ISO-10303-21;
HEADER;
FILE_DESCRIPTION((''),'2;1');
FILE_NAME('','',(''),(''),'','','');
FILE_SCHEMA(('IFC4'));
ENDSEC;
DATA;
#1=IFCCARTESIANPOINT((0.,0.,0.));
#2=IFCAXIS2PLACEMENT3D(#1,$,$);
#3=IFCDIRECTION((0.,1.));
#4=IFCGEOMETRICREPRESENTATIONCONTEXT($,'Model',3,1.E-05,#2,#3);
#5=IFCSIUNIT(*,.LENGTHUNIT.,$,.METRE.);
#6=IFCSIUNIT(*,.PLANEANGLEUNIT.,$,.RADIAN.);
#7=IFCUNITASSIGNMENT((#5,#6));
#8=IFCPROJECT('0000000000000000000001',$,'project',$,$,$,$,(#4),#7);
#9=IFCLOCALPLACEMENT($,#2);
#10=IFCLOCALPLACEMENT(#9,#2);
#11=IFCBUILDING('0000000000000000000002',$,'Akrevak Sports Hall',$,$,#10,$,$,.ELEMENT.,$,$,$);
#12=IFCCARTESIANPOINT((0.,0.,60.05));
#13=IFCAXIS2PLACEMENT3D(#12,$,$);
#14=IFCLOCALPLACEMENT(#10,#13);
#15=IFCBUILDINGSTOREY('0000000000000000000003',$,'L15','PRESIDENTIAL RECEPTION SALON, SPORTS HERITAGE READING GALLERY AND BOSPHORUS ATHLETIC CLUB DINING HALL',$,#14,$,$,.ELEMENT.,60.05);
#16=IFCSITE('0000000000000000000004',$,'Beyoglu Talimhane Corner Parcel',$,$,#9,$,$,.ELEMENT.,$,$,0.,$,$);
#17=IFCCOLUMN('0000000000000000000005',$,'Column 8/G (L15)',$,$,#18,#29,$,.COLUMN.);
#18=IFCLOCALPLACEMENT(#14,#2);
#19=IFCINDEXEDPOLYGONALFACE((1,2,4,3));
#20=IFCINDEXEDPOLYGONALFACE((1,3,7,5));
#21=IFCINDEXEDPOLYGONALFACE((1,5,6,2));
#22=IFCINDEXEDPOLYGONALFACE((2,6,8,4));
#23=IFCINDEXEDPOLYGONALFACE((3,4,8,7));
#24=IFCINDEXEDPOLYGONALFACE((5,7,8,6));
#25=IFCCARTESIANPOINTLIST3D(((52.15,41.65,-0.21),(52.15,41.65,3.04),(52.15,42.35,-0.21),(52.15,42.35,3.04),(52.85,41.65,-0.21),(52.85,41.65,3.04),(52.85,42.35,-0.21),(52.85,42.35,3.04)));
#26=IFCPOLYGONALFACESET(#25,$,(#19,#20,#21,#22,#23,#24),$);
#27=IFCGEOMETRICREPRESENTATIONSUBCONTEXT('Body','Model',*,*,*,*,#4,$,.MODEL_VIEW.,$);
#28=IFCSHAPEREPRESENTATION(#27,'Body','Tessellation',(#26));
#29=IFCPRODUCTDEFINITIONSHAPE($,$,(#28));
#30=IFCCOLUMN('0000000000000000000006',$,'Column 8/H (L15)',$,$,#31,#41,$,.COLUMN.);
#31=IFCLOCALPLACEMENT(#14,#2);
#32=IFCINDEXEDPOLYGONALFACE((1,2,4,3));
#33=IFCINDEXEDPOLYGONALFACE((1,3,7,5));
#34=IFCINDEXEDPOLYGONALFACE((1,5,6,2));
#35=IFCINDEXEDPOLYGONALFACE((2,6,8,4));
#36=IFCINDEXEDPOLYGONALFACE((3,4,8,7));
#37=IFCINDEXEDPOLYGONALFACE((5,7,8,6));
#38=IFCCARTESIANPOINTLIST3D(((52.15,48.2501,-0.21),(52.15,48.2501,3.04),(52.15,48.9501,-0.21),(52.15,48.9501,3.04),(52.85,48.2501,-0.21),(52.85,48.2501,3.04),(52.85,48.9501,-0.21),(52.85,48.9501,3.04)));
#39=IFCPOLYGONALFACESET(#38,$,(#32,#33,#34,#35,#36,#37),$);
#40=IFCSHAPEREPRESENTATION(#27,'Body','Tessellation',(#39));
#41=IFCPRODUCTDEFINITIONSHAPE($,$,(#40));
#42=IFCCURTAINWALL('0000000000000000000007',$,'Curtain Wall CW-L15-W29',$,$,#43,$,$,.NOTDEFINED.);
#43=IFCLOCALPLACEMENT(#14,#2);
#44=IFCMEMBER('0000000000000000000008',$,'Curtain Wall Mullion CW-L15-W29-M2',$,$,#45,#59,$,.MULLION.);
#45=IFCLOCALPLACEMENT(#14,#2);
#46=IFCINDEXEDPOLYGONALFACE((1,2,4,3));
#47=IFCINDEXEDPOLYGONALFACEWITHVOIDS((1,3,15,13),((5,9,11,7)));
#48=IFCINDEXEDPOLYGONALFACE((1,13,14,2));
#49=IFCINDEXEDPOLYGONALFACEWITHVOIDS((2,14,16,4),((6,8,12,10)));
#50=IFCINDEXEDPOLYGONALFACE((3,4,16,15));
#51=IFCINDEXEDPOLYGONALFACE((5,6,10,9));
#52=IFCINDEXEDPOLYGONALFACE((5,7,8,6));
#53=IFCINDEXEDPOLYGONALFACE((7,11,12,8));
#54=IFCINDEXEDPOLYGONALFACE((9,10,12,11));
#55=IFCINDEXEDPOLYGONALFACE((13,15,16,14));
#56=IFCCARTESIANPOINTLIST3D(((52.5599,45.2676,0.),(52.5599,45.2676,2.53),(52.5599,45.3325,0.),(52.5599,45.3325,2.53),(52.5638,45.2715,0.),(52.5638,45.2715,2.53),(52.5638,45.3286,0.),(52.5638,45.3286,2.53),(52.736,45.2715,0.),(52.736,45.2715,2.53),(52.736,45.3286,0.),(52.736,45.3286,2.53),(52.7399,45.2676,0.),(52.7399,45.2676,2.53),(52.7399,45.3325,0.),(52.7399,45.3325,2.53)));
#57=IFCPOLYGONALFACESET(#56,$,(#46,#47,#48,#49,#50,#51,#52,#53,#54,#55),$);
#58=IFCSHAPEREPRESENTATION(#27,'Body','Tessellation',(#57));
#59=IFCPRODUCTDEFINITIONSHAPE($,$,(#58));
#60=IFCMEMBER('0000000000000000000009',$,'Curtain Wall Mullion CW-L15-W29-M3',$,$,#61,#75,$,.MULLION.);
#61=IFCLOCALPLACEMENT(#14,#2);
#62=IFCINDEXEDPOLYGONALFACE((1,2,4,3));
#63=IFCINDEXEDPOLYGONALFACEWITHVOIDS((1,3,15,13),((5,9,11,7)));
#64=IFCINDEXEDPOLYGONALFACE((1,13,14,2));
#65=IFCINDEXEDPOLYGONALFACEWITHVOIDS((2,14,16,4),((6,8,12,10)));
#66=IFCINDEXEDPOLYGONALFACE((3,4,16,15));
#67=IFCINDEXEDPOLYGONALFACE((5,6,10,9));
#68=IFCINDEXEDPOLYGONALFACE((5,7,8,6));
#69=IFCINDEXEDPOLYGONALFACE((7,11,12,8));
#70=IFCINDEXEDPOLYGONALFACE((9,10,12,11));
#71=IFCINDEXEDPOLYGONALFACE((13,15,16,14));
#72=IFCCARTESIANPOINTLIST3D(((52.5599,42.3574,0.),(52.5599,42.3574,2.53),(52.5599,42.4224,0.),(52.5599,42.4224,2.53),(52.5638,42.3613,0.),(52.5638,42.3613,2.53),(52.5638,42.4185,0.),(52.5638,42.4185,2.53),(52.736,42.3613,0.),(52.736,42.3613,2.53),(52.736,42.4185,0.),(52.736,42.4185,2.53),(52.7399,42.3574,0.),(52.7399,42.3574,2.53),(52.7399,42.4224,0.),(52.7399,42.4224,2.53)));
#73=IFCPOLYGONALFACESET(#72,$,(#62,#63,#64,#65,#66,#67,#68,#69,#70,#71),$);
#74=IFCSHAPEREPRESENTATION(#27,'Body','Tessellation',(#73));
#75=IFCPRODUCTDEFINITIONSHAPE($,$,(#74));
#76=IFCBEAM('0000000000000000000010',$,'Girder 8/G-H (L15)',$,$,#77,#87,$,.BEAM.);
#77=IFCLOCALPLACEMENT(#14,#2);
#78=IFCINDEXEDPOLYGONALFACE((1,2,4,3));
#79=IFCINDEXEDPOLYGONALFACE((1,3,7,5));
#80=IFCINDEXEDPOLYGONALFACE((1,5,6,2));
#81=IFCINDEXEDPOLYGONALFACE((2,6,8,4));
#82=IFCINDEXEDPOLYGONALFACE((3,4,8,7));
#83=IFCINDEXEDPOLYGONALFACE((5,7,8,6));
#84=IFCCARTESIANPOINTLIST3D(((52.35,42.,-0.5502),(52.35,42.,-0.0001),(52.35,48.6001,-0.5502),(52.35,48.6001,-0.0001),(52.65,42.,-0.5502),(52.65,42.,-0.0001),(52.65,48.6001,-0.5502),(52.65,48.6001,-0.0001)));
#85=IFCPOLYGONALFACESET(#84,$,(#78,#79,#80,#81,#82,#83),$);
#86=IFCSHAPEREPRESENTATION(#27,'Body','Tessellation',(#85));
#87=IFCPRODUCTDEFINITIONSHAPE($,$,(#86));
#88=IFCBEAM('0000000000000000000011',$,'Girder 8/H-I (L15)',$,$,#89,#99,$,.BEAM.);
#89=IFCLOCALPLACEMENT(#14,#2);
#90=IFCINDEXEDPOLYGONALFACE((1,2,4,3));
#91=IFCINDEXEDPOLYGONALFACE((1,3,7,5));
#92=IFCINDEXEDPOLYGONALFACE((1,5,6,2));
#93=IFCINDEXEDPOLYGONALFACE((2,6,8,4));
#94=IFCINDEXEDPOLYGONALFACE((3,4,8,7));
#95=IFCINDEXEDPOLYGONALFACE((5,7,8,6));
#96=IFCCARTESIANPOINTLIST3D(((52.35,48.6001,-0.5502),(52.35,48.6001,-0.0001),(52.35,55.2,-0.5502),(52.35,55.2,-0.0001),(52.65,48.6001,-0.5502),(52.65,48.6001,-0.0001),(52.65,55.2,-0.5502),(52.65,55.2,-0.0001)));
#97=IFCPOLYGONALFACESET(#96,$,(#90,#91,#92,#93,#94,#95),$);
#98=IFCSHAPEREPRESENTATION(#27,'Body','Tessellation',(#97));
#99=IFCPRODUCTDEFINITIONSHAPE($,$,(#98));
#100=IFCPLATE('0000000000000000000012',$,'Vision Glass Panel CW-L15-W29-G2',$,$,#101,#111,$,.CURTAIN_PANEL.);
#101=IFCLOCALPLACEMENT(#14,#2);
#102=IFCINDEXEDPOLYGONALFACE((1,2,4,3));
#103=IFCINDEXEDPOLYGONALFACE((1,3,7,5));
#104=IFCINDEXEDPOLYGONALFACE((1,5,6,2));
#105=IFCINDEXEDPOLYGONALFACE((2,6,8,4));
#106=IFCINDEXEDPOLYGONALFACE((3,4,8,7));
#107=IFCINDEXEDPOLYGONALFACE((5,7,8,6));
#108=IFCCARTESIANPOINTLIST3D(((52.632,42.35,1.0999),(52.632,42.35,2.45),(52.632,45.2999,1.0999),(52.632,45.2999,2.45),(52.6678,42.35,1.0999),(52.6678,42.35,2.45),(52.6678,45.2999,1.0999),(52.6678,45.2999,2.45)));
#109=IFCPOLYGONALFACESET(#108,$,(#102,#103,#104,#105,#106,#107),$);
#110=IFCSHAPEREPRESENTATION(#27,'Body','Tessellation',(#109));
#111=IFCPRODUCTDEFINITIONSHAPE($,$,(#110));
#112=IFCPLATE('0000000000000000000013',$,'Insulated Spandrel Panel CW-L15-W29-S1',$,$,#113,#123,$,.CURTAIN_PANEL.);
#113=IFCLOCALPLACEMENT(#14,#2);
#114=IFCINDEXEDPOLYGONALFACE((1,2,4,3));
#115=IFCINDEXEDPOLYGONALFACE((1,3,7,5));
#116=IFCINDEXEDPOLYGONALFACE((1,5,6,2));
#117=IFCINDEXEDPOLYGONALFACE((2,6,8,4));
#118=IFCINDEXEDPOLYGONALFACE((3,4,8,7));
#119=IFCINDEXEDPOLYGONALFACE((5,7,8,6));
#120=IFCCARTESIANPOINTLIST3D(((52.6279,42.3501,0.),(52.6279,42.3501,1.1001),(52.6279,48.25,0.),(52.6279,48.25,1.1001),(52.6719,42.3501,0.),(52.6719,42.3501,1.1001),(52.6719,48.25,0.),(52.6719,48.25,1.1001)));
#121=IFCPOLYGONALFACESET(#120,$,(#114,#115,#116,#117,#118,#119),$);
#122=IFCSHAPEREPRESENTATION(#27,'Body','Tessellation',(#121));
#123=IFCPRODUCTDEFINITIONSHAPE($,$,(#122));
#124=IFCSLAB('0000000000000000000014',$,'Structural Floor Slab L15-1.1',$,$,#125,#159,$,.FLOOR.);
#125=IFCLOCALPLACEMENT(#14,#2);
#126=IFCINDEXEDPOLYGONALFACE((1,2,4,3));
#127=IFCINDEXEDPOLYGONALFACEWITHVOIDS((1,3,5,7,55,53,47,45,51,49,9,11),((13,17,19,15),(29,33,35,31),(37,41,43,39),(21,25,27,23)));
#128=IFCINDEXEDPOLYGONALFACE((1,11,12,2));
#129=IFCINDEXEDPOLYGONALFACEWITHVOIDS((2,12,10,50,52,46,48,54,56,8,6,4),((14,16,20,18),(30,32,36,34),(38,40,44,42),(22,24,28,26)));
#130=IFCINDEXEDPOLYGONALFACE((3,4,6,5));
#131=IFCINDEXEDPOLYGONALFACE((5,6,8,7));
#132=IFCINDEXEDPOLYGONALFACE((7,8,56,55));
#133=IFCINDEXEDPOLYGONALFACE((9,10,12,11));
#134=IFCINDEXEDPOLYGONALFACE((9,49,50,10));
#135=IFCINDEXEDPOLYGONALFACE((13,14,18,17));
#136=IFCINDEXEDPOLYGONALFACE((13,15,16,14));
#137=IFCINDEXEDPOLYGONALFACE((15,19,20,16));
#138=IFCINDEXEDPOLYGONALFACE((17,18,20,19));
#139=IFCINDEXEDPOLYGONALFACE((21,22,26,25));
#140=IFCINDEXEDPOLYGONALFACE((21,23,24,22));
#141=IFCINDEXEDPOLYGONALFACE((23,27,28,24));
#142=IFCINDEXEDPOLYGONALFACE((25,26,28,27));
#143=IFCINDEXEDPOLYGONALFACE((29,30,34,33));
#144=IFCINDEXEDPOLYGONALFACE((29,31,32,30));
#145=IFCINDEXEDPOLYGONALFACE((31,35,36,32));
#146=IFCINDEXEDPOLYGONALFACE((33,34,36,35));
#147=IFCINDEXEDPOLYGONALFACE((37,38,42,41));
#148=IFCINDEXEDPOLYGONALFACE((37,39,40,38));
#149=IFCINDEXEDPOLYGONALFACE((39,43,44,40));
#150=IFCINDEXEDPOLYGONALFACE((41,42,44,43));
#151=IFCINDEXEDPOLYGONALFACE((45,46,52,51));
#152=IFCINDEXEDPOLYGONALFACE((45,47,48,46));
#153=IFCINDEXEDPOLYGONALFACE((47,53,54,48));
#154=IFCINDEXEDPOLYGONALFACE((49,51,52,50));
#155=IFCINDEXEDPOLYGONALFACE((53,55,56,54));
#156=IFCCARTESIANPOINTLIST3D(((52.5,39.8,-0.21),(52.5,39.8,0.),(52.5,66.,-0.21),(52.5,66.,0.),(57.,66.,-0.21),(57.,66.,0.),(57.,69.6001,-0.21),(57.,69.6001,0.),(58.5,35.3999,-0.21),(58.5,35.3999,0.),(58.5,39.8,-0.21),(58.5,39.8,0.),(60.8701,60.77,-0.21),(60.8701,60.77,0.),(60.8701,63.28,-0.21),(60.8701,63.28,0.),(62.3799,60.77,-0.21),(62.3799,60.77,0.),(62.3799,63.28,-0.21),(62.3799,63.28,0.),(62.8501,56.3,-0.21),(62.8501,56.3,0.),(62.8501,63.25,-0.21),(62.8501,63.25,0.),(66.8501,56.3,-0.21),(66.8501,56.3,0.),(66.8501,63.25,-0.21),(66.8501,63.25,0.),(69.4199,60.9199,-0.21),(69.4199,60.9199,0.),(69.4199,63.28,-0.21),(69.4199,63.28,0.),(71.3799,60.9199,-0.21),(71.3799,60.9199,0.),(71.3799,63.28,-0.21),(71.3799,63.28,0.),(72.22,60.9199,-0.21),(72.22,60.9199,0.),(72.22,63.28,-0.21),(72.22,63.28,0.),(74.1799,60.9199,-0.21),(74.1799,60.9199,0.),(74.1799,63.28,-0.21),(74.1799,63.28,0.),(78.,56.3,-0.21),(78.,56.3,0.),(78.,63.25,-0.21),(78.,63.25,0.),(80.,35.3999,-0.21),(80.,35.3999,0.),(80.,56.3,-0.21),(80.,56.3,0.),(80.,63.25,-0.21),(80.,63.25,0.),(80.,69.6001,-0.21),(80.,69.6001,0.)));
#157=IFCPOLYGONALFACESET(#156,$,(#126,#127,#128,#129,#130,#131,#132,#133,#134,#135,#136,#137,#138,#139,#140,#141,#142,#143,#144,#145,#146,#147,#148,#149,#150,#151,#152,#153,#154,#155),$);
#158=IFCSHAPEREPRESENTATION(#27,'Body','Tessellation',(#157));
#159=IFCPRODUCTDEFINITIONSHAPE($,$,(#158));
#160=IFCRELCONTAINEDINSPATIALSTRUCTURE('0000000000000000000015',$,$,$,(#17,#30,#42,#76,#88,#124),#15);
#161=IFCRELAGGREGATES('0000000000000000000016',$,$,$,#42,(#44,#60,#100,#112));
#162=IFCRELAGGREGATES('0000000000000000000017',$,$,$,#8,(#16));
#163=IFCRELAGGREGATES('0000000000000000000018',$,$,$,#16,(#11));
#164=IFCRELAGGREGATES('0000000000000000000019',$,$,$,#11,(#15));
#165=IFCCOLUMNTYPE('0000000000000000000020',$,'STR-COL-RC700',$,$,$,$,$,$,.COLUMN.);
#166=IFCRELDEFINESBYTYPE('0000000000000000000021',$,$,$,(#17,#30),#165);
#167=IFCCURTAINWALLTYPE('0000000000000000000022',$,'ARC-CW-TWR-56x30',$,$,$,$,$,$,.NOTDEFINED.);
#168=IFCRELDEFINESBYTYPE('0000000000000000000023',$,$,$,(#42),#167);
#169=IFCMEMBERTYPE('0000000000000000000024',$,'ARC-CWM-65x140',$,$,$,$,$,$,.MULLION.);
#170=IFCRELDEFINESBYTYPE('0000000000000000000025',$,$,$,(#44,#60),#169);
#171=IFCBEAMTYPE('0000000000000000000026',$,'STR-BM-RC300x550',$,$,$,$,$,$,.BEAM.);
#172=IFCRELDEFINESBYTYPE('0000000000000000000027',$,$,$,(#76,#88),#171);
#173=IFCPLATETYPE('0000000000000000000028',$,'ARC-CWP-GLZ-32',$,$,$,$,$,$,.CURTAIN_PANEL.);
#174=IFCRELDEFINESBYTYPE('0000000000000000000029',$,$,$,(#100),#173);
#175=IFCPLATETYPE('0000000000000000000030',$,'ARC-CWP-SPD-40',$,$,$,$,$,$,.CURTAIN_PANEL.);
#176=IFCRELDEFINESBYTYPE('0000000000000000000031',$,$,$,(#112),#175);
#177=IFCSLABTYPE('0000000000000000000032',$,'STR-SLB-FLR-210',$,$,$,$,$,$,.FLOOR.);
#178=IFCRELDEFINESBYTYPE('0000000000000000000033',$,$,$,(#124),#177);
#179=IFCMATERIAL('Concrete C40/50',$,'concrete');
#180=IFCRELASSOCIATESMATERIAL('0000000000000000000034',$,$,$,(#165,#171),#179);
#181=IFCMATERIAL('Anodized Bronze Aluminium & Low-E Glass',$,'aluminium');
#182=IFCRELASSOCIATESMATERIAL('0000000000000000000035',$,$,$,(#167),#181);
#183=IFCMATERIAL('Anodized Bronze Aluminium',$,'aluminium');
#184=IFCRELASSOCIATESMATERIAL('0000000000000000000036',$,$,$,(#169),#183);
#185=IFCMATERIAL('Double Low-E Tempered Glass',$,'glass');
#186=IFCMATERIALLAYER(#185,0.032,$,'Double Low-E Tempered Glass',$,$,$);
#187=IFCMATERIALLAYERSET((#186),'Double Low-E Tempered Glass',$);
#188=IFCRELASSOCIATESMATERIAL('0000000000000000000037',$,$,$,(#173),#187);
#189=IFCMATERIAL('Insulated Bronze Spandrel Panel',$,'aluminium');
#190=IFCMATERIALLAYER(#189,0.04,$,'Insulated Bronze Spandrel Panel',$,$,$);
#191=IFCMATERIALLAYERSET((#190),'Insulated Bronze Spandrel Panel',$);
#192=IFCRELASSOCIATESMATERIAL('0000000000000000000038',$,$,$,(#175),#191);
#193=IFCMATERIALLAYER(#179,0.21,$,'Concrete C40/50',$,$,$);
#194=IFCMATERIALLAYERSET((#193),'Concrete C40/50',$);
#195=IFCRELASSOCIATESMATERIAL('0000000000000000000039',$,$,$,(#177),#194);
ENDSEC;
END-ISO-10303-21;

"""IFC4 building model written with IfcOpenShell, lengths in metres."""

from ifc_helpers import new_model, si_unit, direction, frame, origin, origin_2d, place, context, subcontext, project, spatial, polyline, rectangle, hollow_rectangle, outline, extrude, material, layer, layer_set, material_profile, profile_set, type_object, element, aggregate, save


model = new_model("IFC4")

# Units and contexts
model_context = context("Model", 3, precision=1e-05, world=origin(), true_north=direction((0.0, 1.0)))
body_context = subcontext(model_context, "Body", "Model", "MODEL_VIEW")
ifc_project = project(units=[si_unit("LENGTHUNIT", "METRE"), si_unit("PLANEANGLEUNIT", "RADIAN")], contexts=[model_context])

# Site, building, storey
site_placement = place(None, origin())
site = spatial("IfcSite", under=ifc_project, at=site_placement, Name="Beyoglu Talimhane Corner Parcel", CompositionType="ELEMENT", RefElevation=0.0)
building_placement = place(site_placement, origin())
building = spatial("IfcBuilding", under=site, at=building_placement, Name="Akrevak Sports Hall", CompositionType="ELEMENT")
storey_placement = place(building_placement, frame((0.0, 0.0, 60.05)))
storey = spatial("IfcBuildingStorey", under=building, at=storey_placement, Name="L15", Description="PRESIDENTIAL RECEPTION SALON, SPORTS HERITAGE READING GALLERY AND BOSPHORUS ATHLETIC CLUB DINING HALL", CompositionType="ELEMENT", Elevation=60.05)

# Columns
ifc_material_1 = material(Name="Concrete C40/50", Category="concrete")
ifc_material_profile_1 = material_profile(ifc_material_1, rectangle(XDim=0.7, YDim=0.7, at=origin_2d()), Name="RC 700x700", Category="concrete")
ifc_profile_set_1 = profile_set([ifc_material_profile_1], Name="Concrete C40/50")
column_type = type_object("IfcColumnType", Name="STR-COL-RC700", PredefinedType="COLUMN", material=ifc_profile_set_1)
for number, where, z_axis, x_axis, name in (
    (1, (52.5, 42.0, -0.21), (0.0, 0.0, 1.0), (1.0, 0.0, 0.0), "Column 8/G (L15)"),
    (2, (52.5, 48.6001, -0.21), (0.0, 0.0, 1.0), (1.0, 0.0, 0.0), "Column 8/H (L15)"),
):
    element("IfcColumn", number, at=place(storey_placement, frame(where, z_axis=z_axis, x_axis=x_axis)), inside=storey, type_object=column_type, Name=name, PredefinedType="COLUMN", context=body_context, shape_type="SweptSolid", body=[
        extrude(rectangle(XDim=0.7, YDim=0.7, at=origin_2d()), origin(), (0.0, 0.0, 1.0), 3.25),
    ])

# Curtain wall, members
ifc_material_2 = material(Name="Anodized Bronze Aluminium & Low-E Glass", Category="aluminium")
curtain_wall_type = type_object("IfcCurtainWallType", Name="ARC-CW-TWR-56x30", PredefinedType="NOTDEFINED", material=ifc_material_2)
curtain_wall_placement = place(storey_placement, origin())
curtain_wall = element("IfcCurtainWall", 3, at=curtain_wall_placement, inside=storey, type_object=curtain_wall_type, Name="Curtain Wall CW-L15-W29", PredefinedType="NOTDEFINED")
ifc_material_3 = material(Name="Anodized Bronze Aluminium", Category="aluminium")
ifc_material_profile_2 = material_profile(ifc_material_3, hollow_rectangle(XDim=0.0649, YDim=0.1799, WallThickness=0.0039, at=origin_2d()), Name="CWM 65x180", Category="aluminium")
ifc_profile_set_2 = profile_set([ifc_material_profile_2], Name="Anodized Bronze Aluminium")
member_type = type_object("IfcMemberType", Name="ARC-CWM-65x140", PredefinedType="MULLION", material=ifc_profile_set_2)
member_1_placement = place(storey_placement, frame((52.6499, 45.3, 0.0), z_axis=(0.0, 0.0, 1.0), x_axis=(0.0, -1.0, 0.0)))
member_1 = element("IfcMember", 4, at=member_1_placement, type_object=member_type, Name="Curtain Wall Mullion CW-L15-W29-M2", PredefinedType="MULLION", context=body_context, shape_type="SweptSolid", body=[
    extrude(hollow_rectangle(XDim=0.0649, YDim=0.1799, WallThickness=0.0039, at=origin_2d()), origin(), (0.0, 0.0, 1.0), 2.53),
])
member_2_placement = place(storey_placement, frame((52.6499, 42.3899, 0.0), z_axis=(0.0, 0.0, 1.0), x_axis=(0.0, -1.0, 0.0)))
member_2 = element("IfcMember", 5, at=member_2_placement, type_object=member_type, Name="Curtain Wall Mullion CW-L15-W29-M3", PredefinedType="MULLION", context=body_context, shape_type="SweptSolid", body=[
    extrude(hollow_rectangle(XDim=0.0649, YDim=0.1799, WallThickness=0.0039, at=origin_2d()), origin(), (0.0, 0.0, 1.0), 2.53),
])

# Beams
ifc_material_profile_3 = material_profile(ifc_material_1, rectangle(XDim=0.3, YDim=0.55, at=origin_2d()), Name="BM 300x550", Category="concrete")
ifc_profile_set_3 = profile_set([ifc_material_profile_3], Name="Concrete C40/50")
beam_type = type_object("IfcBeamType", Name="STR-BM-RC300x550", PredefinedType="BEAM", material=ifc_profile_set_3)
beam_1_placement = place(storey_placement, frame((52.5, 42.0, -0.2751), z_axis=(0.0, 1.0, 0.0), x_axis=(-1.0, 0.0, 0.0)))
element("IfcBeam", 6, at=beam_1_placement, inside=storey, type_object=beam_type, Name="Girder 8/G-H (L15)", PredefinedType="BEAM", context=body_context, shape_type="SweptSolid", body=[
    extrude(rectangle(XDim=0.3, YDim=0.55, at=origin_2d()), origin(), (0.0, 0.0, 1.0), 6.6001),
])
beam_2_placement = place(storey_placement, frame((52.5, 48.6001, -0.2751), z_axis=(0.0, 1.0, 0.0), x_axis=(-1.0, 0.0, 0.0)))
element("IfcBeam", 7, at=beam_2_placement, inside=storey, type_object=beam_type, Name="Girder 8/H-I (L15)", PredefinedType="BEAM", context=body_context, shape_type="SweptSolid", body=[
    extrude(rectangle(XDim=0.3, YDim=0.55, at=origin_2d()), origin(), (0.0, 0.0, 1.0), 6.5999),
])

# Plates
ifc_material_4 = material(Name="Double Low-E Tempered Glass", Category="glass")
ifc_layer_1 = layer(ifc_material_4, 0.032, Name="Double Low-E Tempered Glass")
ifc_layer_set_1 = layer_set([ifc_layer_1], Name="Double Low-E Tempered Glass")
plate_type_1 = type_object("IfcPlateType", Name="ARC-CWP-GLZ-32", PredefinedType="CURTAIN_PANEL", material=ifc_layer_set_1)
plate_1_placement = place(storey_placement, frame((52.6499, 43.825, 1.0999), z_axis=(0.0, 0.0, 1.0), x_axis=(0.0, -1.0, 0.0)))
plate_1 = element("IfcPlate", 8, at=plate_1_placement, type_object=plate_type_1, Name="Vision Glass Panel CW-L15-W29-G2", PredefinedType="CURTAIN_PANEL", context=body_context, shape_type="SweptSolid", body=[
    extrude(rectangle(XDim=2.95, YDim=0.0359, at=origin_2d()), origin(), (0.0, 0.0, 1.0), 1.3501),
])
ifc_material_5 = material(Name="Insulated Bronze Spandrel Panel", Category="aluminium")
ifc_layer_2 = layer(ifc_material_5, 0.04, Name="Insulated Bronze Spandrel Panel")
ifc_layer_set_2 = layer_set([ifc_layer_2], Name="Insulated Bronze Spandrel Panel")
plate_type_2 = type_object("IfcPlateType", Name="ARC-CWP-SPD-40", PredefinedType="CURTAIN_PANEL", material=ifc_layer_set_2)
plate_2_placement = place(storey_placement, frame((52.6499, 45.3, 0.0), z_axis=(0.0, 0.0, 1.0), x_axis=(0.0, -1.0, 0.0)))
plate_2 = element("IfcPlate", 9, at=plate_2_placement, type_object=plate_type_2, Name="Insulated Spandrel Panel CW-L15-W29-S1", PredefinedType="CURTAIN_PANEL", context=body_context, shape_type="SweptSolid", body=[
    extrude(rectangle(XDim=5.8999, YDim=0.0439, at=origin_2d()), origin(), (0.0, 0.0, 1.0), 1.1001),
])
aggregate(curtain_wall, [member_1, member_2, plate_1, plate_2])

# Slab
ifc_layer_3 = layer(ifc_material_1, 0.21, Name="Concrete C40/50")
ifc_layer_set_3 = layer_set([ifc_layer_3], Name="Concrete C40/50")
slab_type_1 = type_object("IfcSlabType", Name="STR-SLB-FLR-210", PredefinedType="FLOOR", material=ifc_layer_set_3)
slab_1_placement = place(storey_placement, frame((0.0, 0.0, -0.21)))
element("IfcSlab", 10, at=slab_1_placement, inside=storey, type_object=slab_type_1, Name="Structural Floor Slab L15-1.1", PredefinedType="FLOOR", context=body_context, shape_type="SweptSolid", body=[
    extrude(outline(polyline([(58.5, 39.8), (58.5, 35.3999), (80.0, 35.3999), (80.0, 56.3), (78.0, 56.3), (78.0, 63.25), (80.0, 63.25), (80.0, 69.6001), (57.0, 69.6001), (57.0, 66.0), (52.5, 66.0), (52.5, 39.8), (58.5, 39.8)]), holes=[polyline([(62.8501, 63.25), (66.8501, 63.25), (66.8501, 56.3), (62.8501, 56.3), (62.8501, 63.25)]), polyline([(60.8701, 63.28), (62.3799, 63.28), (62.3799, 60.77), (60.8701, 60.77), (60.8701, 63.28)]), polyline([(69.4199, 63.28), (71.3799, 63.28), (71.3799, 60.9199), (69.4199, 60.9199), (69.4199, 63.28)]), polyline([(72.22, 63.28), (74.1799, 63.28), (74.1799, 60.9199), (72.22, 60.9199), (72.22, 63.28)])]), origin(), (0.0, 0.0, 1.0), 0.21),
])

save(model, "model.ifc")
